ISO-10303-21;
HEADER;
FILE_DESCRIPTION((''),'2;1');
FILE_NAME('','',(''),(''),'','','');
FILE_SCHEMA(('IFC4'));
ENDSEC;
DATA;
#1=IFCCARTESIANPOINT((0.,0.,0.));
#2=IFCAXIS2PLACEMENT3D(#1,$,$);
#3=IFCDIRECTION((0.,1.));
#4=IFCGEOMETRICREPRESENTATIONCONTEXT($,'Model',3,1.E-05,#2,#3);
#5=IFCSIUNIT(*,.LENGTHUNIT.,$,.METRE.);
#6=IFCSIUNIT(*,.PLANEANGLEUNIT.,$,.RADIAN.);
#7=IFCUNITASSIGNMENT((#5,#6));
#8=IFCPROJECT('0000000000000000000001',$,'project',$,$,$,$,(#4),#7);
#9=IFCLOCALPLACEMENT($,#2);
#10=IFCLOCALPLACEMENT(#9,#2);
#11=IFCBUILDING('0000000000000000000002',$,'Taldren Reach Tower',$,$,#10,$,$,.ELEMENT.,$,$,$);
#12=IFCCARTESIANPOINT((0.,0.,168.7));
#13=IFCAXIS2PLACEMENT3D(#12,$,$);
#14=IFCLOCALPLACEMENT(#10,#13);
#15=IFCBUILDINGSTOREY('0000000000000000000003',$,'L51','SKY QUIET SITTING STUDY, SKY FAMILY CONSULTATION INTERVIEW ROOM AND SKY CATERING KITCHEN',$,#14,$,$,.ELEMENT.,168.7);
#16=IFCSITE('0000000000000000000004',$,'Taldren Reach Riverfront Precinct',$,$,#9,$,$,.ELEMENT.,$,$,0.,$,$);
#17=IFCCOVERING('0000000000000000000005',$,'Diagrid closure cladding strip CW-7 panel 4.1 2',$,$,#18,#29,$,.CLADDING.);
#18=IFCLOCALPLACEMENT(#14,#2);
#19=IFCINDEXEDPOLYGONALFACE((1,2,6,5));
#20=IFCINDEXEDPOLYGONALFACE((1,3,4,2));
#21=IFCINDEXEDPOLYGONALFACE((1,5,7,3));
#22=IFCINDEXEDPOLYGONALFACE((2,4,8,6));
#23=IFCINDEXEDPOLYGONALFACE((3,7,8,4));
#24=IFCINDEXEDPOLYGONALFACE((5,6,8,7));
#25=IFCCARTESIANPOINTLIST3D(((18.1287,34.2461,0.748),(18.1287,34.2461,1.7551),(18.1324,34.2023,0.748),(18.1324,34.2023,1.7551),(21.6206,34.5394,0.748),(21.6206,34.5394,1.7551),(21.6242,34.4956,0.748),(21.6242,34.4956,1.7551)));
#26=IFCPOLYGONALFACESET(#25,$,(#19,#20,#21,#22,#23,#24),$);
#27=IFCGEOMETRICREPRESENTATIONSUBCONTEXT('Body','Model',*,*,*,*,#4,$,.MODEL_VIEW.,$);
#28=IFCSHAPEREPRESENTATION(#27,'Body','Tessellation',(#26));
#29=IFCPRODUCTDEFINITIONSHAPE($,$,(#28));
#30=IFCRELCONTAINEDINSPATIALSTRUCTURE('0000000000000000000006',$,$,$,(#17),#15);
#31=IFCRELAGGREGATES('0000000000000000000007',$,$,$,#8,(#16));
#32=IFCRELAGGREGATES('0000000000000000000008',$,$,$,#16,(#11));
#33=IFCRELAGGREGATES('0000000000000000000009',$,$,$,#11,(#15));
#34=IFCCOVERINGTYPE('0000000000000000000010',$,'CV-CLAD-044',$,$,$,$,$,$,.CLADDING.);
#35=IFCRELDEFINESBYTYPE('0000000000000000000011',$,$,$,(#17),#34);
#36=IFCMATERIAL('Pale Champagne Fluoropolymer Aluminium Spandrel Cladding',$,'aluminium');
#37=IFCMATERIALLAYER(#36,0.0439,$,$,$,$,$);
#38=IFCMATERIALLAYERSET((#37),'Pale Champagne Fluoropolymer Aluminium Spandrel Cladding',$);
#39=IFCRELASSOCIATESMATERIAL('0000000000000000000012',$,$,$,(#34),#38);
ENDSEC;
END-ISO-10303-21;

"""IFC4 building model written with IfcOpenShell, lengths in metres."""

from ifc_helpers import new_model, si_unit, direction, frame, origin, origin_2d, place, context, subcontext, project, spatial, rectangle, extrude, source, transform, mapped, material, layer, layer_set, type_object, element, save


model = new_model("IFC4")

# Units and contexts
model_context = context("Model", 3, precision=1e-05, world=origin(), true_north=direction((0.0, 1.0)))
body_context = subcontext(model_context, "Body", "Model", "MODEL_VIEW")
ifc_project = project(units=[si_unit("LENGTHUNIT", "METRE"), si_unit("PLANEANGLEUNIT", "RADIAN")], contexts=[model_context])

# Site, building, storey
site_placement = place(None, origin())
site = spatial("IfcSite", under=ifc_project, at=site_placement, Name="Taldren Reach Riverfront Precinct", CompositionType="ELEMENT", RefElevation=0.0)
building_placement = place(site_placement, origin())
building = spatial("IfcBuilding", under=site, at=building_placement, Name="Taldren Reach Tower", CompositionType="ELEMENT")
storey_placement = place(building_placement, frame((0.0, 0.0, 168.7)))
storey = spatial("IfcBuildingStorey", under=building, at=storey_placement, Name="L51", Description="SKY QUIET SITTING STUDY, SKY FAMILY CONSULTATION INTERVIEW ROOM AND SKY CATERING KITCHEN", CompositionType="ELEMENT", Elevation=168.7)

# Covering
ifc_material_1 = material(Name="Pale Champagne Fluoropolymer Aluminium Spandrel Cladding", Category="aluminium")
ifc_layer_1 = layer(ifc_material_1, 0.0439)
ifc_layer_set_1 = layer_set([ifc_layer_1], Name="Pale Champagne Fluoropolymer Aluminium Spandrel Cladding")
covering_type = type_object("IfcCoveringType", Name="CV-CLAD-044", PredefinedType="CLADDING", material=ifc_layer_set_1)
shared_shape_1 = source(origin(), body_context, "Body", "SweptSolid", [
    extrude(rectangle(XDim=3.5042, YDim=0.0439, at=origin_2d()), origin(), (0.0, 0.0, 1.0), 1.0071),
])
covering_placement = place(storey_placement, frame((19.8765, 34.3708, 0.748), z_axis=(0.0, 0.0, 1.0), x_axis=(-0.996493, -0.083678, 0.0)))
element("IfcCovering", 1, at=covering_placement, inside=storey, type_object=covering_type, Name="Diagrid closure cladding strip CW-7 panel 4.1 2", PredefinedType="CLADDING", context=body_context, shape_type="MappedRepresentation", body=[
    mapped(shared_shape_1, transform((0.0, 0.0, 0.0), scale=1.0)),
])

save(model, "model.ifc")
